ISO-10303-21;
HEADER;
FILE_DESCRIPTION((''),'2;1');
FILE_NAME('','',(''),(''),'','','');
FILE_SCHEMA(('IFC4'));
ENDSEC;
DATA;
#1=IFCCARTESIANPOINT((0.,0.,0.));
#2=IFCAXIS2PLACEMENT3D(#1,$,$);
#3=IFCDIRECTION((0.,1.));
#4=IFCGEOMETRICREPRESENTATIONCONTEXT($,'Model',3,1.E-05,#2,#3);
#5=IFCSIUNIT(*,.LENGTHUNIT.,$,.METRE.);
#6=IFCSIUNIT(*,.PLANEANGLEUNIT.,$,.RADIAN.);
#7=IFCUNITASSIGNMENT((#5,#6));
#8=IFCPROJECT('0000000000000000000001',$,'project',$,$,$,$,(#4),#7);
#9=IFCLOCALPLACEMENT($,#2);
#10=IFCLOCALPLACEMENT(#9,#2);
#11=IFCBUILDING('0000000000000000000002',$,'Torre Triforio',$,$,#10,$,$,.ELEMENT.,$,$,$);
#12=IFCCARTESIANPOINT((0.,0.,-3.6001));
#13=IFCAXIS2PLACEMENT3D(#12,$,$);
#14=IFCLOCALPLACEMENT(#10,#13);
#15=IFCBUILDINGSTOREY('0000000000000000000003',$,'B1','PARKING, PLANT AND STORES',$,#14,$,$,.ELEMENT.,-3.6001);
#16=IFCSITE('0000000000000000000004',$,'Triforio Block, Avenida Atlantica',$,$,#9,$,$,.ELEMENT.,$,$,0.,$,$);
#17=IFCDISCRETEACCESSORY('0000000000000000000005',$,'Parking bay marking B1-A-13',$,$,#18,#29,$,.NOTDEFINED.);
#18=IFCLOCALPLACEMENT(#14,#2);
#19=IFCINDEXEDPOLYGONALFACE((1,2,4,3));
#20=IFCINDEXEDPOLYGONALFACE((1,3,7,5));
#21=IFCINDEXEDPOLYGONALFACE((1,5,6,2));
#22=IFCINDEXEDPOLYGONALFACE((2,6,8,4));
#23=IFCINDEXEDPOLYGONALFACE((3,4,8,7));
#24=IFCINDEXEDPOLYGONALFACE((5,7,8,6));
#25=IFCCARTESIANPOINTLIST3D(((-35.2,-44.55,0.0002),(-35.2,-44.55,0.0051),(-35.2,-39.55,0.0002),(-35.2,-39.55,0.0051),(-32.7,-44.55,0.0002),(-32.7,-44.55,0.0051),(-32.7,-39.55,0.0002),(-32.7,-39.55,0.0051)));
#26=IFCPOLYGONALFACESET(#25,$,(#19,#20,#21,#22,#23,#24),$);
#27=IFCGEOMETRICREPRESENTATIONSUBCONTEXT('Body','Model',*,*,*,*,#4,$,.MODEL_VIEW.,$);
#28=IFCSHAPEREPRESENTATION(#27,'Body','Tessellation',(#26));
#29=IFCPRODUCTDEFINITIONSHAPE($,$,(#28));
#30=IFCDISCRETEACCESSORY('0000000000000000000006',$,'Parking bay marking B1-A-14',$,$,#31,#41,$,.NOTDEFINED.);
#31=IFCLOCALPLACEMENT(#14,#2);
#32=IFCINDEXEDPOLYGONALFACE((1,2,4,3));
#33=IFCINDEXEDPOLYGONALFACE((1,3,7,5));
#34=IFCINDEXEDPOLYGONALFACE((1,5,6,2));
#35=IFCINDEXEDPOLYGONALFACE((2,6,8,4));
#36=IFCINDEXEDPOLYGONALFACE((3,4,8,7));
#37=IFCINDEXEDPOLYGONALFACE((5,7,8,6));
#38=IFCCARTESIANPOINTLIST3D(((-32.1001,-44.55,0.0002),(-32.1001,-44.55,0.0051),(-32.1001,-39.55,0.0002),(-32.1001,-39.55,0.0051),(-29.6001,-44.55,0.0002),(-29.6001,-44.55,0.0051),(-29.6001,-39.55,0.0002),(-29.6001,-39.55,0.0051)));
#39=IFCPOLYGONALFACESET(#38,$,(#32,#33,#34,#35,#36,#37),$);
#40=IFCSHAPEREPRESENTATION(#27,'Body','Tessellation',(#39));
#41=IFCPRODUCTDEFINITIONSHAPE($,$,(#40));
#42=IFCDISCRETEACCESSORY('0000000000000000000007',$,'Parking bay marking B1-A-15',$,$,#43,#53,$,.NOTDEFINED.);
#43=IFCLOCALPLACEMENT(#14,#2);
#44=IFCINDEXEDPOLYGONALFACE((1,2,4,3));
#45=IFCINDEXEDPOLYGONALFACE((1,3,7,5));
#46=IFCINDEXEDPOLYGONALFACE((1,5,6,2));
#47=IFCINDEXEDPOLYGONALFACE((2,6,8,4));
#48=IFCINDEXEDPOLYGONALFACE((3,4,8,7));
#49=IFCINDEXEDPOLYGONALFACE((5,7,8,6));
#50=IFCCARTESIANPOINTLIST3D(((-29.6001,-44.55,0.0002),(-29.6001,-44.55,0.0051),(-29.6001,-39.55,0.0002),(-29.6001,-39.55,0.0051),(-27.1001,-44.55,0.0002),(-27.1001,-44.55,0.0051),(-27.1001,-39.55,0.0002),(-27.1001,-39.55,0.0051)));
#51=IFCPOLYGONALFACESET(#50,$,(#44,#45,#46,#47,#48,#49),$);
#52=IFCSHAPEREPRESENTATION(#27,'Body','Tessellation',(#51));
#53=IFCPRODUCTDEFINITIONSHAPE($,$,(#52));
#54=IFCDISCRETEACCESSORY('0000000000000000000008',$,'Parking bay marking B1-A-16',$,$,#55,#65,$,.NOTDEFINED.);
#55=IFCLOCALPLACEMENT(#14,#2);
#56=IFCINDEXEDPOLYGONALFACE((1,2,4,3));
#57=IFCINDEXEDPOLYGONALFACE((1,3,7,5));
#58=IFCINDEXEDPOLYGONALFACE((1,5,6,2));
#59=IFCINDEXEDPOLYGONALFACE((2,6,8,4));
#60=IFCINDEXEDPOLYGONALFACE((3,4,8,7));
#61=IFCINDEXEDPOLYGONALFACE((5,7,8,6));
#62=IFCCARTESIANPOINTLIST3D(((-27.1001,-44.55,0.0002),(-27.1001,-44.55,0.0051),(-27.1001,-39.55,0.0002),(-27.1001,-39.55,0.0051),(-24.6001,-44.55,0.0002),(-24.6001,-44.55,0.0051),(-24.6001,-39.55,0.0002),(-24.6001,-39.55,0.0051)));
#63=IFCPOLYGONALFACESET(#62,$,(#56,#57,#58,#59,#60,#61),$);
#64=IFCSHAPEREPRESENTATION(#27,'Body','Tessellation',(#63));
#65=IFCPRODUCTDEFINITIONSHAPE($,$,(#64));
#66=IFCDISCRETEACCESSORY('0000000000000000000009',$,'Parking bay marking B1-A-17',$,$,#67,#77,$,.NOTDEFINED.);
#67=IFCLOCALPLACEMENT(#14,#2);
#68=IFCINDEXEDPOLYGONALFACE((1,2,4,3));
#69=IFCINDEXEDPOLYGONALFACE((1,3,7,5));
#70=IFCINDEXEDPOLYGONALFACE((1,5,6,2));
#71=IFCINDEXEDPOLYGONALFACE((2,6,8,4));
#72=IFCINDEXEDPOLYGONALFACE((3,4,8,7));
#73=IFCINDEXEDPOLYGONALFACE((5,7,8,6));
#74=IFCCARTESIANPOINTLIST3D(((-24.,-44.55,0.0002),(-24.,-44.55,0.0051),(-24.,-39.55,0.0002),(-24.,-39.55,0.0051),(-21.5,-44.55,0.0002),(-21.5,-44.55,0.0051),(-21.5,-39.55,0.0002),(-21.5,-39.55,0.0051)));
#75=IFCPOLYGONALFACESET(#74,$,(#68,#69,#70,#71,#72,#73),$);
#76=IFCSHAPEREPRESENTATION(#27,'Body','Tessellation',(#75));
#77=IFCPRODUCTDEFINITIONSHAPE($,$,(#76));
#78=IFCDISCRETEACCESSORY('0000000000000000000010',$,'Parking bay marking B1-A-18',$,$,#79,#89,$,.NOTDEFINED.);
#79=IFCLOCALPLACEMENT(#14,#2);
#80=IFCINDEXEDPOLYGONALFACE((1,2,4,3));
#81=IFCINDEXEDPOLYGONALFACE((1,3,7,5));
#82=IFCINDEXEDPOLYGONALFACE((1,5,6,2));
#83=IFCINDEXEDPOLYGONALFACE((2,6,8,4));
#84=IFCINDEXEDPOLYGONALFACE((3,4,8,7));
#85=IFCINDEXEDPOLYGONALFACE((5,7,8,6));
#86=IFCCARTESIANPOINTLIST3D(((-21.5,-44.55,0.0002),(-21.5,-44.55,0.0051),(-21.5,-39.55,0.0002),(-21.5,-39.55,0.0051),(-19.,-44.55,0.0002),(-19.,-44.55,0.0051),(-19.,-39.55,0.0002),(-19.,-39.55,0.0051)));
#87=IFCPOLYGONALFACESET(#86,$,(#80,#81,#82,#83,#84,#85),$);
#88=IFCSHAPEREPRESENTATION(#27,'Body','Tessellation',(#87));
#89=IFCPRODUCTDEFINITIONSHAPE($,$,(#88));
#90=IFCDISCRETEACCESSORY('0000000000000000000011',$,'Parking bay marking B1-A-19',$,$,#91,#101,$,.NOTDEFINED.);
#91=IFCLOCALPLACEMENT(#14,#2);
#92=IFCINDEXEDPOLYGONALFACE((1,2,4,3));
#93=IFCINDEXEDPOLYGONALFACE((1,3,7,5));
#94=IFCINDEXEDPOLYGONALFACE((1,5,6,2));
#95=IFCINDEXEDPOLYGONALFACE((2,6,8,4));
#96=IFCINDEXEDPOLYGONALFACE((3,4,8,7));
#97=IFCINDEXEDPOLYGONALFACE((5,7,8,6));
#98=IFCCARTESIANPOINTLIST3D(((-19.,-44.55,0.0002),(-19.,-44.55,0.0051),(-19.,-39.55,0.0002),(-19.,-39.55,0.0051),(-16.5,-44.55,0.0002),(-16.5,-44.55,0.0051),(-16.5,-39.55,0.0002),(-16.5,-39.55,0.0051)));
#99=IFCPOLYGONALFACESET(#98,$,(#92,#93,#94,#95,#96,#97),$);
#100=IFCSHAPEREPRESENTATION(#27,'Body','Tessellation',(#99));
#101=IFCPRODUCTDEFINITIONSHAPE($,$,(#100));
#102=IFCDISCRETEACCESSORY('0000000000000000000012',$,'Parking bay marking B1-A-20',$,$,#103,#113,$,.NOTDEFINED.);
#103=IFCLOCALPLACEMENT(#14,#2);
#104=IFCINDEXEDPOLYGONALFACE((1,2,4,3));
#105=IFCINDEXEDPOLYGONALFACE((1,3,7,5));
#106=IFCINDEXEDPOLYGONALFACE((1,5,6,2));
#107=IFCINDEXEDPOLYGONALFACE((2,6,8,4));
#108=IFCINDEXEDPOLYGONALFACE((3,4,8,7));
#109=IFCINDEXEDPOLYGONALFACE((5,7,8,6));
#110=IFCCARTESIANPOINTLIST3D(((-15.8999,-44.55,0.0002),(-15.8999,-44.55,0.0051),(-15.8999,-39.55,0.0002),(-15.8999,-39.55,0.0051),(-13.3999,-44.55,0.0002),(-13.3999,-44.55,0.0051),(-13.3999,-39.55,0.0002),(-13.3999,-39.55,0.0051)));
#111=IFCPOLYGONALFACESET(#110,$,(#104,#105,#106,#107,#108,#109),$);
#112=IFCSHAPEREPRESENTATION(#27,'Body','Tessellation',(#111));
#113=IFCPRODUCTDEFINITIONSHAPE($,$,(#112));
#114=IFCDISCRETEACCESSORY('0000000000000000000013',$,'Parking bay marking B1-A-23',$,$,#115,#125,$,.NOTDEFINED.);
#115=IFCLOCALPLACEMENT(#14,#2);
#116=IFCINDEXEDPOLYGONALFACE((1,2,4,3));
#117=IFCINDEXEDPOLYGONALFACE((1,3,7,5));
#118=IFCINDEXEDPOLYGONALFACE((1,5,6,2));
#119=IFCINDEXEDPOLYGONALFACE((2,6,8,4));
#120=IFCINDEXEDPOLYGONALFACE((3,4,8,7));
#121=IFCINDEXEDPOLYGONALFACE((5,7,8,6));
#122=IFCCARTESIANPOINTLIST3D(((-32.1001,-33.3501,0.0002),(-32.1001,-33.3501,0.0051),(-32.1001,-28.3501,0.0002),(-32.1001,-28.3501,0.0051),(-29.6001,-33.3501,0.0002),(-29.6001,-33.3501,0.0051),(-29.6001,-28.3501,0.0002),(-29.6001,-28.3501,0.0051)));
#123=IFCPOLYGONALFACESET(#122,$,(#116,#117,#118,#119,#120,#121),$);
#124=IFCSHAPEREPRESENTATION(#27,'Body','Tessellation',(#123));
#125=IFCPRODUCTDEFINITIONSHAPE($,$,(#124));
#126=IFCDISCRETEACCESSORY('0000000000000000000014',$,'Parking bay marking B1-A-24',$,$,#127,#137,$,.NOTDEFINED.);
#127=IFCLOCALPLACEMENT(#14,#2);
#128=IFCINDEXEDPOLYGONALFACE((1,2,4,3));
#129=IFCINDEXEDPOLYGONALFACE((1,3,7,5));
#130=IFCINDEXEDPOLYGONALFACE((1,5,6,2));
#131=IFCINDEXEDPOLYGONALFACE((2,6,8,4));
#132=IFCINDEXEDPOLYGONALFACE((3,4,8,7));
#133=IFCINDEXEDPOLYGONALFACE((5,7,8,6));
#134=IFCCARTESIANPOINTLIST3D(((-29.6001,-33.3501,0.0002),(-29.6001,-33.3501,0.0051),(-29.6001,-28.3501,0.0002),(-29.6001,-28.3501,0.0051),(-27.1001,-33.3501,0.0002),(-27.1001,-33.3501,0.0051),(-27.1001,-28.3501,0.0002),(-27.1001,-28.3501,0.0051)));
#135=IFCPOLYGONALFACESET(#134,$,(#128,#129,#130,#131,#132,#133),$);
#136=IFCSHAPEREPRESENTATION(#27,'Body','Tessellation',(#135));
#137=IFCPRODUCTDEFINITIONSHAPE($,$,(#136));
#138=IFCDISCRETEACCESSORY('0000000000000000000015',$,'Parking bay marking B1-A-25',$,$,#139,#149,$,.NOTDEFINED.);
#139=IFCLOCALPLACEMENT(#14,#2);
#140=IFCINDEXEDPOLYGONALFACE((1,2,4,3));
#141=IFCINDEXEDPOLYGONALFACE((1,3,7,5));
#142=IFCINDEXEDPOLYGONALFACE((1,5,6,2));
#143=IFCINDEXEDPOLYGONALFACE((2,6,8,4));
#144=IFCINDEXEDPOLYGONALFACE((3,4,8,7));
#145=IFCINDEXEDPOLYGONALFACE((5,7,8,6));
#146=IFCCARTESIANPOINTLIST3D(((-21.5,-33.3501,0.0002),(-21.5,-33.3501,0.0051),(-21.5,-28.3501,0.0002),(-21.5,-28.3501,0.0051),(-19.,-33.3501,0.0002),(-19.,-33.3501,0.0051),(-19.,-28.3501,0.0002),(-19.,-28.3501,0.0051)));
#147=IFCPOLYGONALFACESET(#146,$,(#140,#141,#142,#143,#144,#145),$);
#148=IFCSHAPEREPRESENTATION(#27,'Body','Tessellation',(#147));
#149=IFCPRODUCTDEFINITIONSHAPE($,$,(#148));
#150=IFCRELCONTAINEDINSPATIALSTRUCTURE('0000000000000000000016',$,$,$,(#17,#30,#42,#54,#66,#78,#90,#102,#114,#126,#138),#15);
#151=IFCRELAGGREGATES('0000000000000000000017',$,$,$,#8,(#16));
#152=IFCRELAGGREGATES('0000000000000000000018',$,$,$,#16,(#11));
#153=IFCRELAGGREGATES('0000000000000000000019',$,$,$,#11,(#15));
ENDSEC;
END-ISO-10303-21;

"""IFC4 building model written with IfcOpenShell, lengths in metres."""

from ifc_helpers import new_model, si_unit, direction, frame, origin, origin_2d, place, context, subcontext, project, spatial, rectangle, extrude, element, save


model = new_model("IFC4")

# Units and contexts
model_context = context("Model", 3, precision=1e-05, world=origin(), true_north=direction((0.0, 1.0)))
body_context = subcontext(model_context, "Body", "Model", "MODEL_VIEW")
ifc_project = project(units=[si_unit("LENGTHUNIT", "METRE"), si_unit("PLANEANGLEUNIT", "RADIAN")], contexts=[model_context])

# Site, building, storey
site_placement = place(None, origin())
site = spatial("IfcSite", under=ifc_project, at=site_placement, Name="Triforio Block, Avenida Atlantica", CompositionType="ELEMENT", RefElevation=0.0)
building_placement = place(site_placement, origin())
building = spatial("IfcBuilding", under=site, at=building_placement, Name="Torre Triforio", CompositionType="ELEMENT")
storey_placement = place(building_placement, frame((0.0, 0.0, -3.6001)))
storey = spatial("IfcBuildingStorey", under=building, at=storey_placement, Name="B1", Description="PARKING, PLANT AND STORES", CompositionType="ELEMENT", Elevation=-3.6001)

# Discrete accessories
for number, where, z_axis, x_axis, name in (
    (1, (-33.95, -42.05, 0.0002), (0.0, 0.0, 1.0), (1.0, 0.0, 0.0), "Parking bay marking B1-A-13"),
    (2, (-30.8501, -42.05, 0.0002), (0.0, 0.0, 1.0), (1.0, 0.0, 0.0), "Parking bay marking B1-A-14"),
    (3, (-28.3501, -42.05, 0.0002), (0.0, 0.0, 1.0), (1.0, 0.0, 0.0), "Parking bay marking B1-A-15"),
    (4, (-25.8501, -42.05, 0.0002), (0.0, 0.0, 1.0), (1.0, 0.0, 0.0), "Parking bay marking B1-A-16"),
    (5, (-22.75, -42.05, 0.0002), (0.0, 0.0, 1.0), (1.0, 0.0, 0.0), "Parking bay marking B1-A-17"),
    (6, (-20.25, -42.05, 0.0002), (0.0, 0.0, 1.0), (1.0, 0.0, 0.0), "Parking bay marking B1-A-18"),
    (7, (-17.75, -42.05, 0.0002), (0.0, 0.0, 1.0), (1.0, 0.0, 0.0), "Parking bay marking B1-A-19"),
    (8, (-14.6499, -42.05, 0.0002), (0.0, 0.0, 1.0), (1.0, 0.0, 0.0), "Parking bay marking B1-A-20"),
    (9, (-30.8501, -30.8501, 0.0002), (0.0, 0.0, 1.0), (1.0, 0.0, 0.0), "Parking bay marking B1-A-23"),
    (10, (-28.3501, -30.8501, 0.0002), (0.0, 0.0, 1.0), (1.0, 0.0, 0.0), "Parking bay marking B1-A-24"),
    (11, (-20.25, -30.8501, 0.0002), (0.0, 0.0, 1.0), (1.0, 0.0, 0.0), "Parking bay marking B1-A-25"),
):
    element("IfcDiscreteAccessory", number, at=place(storey_placement, frame(where, z_axis=z_axis, x_axis=x_axis)), inside=storey, Name=name, PredefinedType="NOTDEFINED", context=body_context, shape_type="SweptSolid", body=[
        extrude(rectangle(XDim=2.5, YDim=5.0, at=origin_2d()), origin(), (0.0, 0.0, 1.0), 0.0049),
    ])

save(model, "model.ifc")
